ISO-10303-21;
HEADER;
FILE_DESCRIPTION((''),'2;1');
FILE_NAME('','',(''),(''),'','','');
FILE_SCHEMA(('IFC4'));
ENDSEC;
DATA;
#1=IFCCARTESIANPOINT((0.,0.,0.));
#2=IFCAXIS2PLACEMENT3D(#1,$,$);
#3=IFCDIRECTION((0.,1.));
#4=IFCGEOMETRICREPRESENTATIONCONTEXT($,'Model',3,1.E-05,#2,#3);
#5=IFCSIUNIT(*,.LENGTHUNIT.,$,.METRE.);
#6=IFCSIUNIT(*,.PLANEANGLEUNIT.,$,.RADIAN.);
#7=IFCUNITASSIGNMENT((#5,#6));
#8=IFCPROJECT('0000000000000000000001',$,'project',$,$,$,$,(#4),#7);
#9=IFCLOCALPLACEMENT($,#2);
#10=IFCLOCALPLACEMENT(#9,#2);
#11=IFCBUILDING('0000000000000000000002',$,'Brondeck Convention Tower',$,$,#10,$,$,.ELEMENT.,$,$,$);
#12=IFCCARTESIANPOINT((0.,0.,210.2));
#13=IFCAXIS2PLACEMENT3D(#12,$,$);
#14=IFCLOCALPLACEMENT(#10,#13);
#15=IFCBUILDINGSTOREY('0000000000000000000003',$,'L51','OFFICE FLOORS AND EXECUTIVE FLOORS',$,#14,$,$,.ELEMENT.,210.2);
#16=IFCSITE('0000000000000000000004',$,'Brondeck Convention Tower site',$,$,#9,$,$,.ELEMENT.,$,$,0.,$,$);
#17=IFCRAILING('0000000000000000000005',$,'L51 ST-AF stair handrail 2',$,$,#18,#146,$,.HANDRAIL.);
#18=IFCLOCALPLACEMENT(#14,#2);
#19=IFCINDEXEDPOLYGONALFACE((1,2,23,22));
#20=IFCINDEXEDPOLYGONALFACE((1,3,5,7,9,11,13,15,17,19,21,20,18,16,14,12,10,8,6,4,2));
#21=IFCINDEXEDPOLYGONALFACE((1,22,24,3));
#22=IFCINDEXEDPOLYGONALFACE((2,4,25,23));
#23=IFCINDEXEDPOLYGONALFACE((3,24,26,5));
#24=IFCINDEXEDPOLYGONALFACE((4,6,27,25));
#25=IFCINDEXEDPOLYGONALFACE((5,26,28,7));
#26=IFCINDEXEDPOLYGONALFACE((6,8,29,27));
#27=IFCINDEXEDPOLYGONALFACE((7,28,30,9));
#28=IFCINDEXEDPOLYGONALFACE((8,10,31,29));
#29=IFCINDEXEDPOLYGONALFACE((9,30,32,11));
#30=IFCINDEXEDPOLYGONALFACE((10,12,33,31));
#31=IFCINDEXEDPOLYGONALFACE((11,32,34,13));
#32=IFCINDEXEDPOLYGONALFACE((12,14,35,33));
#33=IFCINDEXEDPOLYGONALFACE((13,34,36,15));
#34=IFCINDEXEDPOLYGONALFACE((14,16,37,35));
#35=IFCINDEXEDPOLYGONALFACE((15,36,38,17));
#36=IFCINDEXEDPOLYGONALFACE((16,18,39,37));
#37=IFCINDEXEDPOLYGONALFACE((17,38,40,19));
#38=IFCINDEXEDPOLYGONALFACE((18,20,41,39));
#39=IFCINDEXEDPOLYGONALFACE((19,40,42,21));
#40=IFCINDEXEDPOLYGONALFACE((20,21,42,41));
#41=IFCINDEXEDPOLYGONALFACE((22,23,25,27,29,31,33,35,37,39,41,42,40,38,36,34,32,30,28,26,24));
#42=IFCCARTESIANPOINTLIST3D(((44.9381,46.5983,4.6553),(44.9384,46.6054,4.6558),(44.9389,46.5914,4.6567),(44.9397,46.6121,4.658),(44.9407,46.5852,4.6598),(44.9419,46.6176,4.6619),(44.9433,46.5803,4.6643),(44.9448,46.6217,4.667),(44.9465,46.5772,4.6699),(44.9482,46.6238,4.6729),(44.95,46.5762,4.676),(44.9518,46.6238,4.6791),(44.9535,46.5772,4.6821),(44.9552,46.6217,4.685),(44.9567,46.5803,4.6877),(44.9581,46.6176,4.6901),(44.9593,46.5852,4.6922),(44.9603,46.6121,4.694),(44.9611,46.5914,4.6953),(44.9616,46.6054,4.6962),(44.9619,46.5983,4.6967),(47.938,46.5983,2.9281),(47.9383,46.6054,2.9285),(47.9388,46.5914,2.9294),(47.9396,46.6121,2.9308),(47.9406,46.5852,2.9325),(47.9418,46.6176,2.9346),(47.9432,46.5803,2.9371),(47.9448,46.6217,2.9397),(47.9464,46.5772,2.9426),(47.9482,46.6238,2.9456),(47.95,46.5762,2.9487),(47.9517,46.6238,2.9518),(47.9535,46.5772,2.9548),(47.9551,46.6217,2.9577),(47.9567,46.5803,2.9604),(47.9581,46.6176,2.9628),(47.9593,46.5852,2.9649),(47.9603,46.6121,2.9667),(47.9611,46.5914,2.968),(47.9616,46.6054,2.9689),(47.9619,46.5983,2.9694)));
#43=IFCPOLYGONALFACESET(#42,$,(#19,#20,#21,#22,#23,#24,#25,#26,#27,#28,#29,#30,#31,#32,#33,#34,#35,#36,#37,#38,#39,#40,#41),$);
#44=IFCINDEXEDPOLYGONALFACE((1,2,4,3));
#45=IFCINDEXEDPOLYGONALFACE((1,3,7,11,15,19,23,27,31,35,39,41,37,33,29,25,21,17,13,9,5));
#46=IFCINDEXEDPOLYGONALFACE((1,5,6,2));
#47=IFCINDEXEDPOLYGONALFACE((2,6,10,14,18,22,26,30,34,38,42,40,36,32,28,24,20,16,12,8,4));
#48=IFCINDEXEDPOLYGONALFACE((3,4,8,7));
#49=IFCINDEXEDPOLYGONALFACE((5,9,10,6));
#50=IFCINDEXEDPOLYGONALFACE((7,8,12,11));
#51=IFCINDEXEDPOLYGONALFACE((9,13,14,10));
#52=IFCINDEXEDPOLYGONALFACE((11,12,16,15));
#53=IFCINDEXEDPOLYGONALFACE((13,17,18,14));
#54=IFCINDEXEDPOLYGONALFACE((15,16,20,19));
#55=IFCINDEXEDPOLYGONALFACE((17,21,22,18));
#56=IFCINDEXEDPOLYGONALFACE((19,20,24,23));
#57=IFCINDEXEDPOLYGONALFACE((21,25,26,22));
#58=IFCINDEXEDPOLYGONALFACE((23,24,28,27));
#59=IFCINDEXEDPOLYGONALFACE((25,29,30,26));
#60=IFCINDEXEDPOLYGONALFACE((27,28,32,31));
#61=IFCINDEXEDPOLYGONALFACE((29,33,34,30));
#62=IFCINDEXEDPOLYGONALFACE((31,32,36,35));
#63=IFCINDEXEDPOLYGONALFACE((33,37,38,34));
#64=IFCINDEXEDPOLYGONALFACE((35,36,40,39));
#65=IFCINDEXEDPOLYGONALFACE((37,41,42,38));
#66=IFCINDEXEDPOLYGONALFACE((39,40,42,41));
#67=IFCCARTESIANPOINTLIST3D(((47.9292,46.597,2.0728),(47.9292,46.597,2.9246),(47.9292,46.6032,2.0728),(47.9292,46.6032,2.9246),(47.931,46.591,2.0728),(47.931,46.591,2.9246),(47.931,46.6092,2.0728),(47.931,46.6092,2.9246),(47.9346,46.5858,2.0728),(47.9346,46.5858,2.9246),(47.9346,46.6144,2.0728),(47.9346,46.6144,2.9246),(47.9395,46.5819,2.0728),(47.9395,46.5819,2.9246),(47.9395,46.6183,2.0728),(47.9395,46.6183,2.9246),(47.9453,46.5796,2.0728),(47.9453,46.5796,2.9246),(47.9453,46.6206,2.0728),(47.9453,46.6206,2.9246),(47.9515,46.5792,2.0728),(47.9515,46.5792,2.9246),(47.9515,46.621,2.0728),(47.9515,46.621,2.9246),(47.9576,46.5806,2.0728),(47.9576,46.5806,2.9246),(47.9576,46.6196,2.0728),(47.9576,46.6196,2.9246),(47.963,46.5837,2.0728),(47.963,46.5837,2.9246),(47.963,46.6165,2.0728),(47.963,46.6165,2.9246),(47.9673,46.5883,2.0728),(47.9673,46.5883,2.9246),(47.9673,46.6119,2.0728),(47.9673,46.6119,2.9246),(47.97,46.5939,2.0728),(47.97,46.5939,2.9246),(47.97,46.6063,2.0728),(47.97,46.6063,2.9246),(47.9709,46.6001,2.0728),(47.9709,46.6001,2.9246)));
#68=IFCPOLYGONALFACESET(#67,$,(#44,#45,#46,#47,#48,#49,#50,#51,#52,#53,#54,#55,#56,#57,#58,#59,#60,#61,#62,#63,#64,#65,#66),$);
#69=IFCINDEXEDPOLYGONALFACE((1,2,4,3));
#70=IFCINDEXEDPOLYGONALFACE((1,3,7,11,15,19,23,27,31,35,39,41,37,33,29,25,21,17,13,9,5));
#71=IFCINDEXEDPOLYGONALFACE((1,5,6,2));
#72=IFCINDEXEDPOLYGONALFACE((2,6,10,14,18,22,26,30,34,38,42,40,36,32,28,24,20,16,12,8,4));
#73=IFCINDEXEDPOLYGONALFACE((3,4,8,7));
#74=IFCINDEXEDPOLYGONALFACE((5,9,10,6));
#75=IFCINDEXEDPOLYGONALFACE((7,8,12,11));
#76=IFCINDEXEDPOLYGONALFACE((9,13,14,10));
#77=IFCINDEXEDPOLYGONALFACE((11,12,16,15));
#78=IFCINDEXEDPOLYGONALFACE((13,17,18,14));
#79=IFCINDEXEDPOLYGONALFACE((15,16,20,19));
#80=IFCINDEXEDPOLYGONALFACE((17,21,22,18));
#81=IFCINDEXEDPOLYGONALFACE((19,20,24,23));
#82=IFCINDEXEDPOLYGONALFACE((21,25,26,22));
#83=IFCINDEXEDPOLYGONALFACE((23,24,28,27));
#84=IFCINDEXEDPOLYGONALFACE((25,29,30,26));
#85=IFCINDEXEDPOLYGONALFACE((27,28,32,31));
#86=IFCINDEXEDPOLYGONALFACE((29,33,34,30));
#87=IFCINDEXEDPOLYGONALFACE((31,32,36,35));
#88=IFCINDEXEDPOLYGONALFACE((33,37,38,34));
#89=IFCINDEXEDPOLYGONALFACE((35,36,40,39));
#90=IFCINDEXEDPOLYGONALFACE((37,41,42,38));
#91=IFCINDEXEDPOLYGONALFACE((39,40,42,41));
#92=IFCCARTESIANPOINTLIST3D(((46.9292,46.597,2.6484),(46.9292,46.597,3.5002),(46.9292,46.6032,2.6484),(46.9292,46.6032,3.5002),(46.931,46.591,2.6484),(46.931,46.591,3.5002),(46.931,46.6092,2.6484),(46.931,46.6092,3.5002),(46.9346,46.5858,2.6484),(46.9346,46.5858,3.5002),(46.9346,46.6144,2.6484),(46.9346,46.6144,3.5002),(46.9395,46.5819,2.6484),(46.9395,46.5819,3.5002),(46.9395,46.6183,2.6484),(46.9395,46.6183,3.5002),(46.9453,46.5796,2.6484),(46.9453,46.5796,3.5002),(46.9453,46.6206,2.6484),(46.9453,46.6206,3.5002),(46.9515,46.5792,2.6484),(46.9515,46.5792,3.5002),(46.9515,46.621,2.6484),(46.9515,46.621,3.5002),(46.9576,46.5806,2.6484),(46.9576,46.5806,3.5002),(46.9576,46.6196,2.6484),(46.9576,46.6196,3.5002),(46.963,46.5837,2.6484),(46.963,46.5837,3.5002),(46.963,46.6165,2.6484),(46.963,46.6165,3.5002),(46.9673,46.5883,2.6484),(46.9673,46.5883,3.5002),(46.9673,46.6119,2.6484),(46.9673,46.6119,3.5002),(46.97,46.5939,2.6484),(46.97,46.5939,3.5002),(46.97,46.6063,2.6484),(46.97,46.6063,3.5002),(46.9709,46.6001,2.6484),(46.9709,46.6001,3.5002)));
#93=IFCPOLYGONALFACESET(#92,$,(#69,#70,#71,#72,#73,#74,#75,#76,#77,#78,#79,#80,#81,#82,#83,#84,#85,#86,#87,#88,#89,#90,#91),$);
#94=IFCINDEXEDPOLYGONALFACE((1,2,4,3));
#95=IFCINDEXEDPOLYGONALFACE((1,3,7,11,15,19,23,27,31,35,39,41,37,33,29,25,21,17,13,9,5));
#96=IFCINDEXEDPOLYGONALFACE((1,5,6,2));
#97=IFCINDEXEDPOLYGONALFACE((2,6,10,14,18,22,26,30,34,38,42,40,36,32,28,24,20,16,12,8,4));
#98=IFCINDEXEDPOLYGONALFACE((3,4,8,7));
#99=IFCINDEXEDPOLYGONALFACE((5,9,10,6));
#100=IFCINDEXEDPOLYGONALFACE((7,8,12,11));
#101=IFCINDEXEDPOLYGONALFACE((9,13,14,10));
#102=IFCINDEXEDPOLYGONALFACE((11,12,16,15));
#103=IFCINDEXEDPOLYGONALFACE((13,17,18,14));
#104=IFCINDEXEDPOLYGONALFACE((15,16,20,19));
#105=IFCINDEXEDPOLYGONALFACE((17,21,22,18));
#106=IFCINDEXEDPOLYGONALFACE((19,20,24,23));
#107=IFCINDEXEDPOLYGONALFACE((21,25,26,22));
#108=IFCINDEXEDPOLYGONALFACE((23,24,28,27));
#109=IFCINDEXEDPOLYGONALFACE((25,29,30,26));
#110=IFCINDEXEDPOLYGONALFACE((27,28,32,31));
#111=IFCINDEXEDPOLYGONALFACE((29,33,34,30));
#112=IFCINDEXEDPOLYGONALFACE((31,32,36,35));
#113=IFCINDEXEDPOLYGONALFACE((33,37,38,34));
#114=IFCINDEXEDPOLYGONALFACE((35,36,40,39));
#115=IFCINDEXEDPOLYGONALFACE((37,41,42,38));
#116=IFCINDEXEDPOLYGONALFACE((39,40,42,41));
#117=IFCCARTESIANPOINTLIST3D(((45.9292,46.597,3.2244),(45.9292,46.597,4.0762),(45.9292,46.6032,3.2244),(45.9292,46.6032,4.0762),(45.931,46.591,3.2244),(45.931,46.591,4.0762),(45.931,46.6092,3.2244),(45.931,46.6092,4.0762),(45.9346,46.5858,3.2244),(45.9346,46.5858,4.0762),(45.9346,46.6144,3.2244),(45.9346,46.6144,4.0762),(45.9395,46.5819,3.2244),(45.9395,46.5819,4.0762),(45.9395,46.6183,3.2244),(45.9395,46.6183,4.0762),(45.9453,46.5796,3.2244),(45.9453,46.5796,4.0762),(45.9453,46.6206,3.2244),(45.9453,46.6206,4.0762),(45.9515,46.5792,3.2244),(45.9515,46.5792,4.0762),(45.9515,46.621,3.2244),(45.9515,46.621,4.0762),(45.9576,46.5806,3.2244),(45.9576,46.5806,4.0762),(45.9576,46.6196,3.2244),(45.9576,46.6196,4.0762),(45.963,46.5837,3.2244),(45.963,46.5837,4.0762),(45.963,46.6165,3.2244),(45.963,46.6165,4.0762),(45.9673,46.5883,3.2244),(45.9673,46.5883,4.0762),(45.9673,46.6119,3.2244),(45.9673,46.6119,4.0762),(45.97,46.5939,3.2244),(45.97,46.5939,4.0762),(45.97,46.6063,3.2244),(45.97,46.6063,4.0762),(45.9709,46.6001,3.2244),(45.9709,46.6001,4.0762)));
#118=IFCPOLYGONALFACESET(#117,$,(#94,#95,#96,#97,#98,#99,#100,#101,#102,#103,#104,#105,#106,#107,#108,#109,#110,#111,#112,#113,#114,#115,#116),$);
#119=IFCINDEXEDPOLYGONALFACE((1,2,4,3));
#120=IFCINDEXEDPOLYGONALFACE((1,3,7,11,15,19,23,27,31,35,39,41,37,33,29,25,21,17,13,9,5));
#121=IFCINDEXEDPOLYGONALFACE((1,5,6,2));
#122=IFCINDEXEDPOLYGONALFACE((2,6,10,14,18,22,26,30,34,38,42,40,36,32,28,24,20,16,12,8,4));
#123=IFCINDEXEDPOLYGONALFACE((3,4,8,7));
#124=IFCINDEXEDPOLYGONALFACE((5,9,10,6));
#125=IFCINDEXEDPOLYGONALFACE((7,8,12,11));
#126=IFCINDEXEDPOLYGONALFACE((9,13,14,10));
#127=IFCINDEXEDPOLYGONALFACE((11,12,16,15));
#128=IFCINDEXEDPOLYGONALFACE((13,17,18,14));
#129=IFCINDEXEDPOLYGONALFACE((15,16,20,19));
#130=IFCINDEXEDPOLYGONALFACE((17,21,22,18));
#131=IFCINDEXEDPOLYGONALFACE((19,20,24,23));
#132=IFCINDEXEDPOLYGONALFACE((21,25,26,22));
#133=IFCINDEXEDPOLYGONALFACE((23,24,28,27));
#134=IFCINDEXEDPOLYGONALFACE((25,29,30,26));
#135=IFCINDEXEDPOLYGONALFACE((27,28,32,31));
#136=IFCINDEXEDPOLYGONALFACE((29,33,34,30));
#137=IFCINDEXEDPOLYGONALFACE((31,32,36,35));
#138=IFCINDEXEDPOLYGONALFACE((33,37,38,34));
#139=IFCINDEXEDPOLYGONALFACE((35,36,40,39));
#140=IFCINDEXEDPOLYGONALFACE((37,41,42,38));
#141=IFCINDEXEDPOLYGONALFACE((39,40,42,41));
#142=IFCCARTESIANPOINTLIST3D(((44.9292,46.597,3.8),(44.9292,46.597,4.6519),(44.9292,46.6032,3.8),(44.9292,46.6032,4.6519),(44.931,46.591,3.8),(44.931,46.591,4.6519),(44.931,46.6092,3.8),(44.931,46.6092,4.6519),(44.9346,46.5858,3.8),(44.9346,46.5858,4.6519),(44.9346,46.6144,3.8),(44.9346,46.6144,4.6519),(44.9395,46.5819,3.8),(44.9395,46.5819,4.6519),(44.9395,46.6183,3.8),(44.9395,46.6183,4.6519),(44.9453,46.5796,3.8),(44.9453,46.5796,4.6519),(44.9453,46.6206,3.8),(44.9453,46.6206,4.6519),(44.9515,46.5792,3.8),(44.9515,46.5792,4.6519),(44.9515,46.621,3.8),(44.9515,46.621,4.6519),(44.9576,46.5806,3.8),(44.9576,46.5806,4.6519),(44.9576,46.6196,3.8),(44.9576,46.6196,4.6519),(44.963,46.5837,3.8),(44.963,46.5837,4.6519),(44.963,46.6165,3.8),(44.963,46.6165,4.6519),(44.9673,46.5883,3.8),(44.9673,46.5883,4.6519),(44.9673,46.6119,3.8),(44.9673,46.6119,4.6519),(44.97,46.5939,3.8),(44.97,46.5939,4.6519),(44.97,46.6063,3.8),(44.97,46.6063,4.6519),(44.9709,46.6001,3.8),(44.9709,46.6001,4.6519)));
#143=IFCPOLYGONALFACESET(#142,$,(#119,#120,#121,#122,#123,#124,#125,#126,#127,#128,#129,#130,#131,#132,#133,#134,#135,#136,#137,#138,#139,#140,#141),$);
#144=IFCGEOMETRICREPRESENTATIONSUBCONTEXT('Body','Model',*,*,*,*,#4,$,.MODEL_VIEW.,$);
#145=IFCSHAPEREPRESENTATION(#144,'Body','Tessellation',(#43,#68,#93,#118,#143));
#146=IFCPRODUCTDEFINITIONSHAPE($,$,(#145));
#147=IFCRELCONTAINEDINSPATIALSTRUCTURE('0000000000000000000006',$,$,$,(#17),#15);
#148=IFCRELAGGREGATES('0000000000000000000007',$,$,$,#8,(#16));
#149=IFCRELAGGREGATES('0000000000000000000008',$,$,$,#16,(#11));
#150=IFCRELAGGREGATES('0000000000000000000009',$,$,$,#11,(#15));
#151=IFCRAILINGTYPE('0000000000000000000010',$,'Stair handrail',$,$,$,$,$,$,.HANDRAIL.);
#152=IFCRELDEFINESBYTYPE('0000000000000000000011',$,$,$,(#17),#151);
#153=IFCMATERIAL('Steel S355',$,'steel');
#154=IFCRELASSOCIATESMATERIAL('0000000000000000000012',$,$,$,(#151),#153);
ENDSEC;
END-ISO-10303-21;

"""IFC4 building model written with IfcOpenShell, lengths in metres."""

from ifc_helpers import new_model, si_unit, direction, frame, origin, origin_2d, place, context, subcontext, project, spatial, circle, extrude, material, type_object, element, save


model = new_model("IFC4")

# Units and contexts
model_context = context("Model", 3, precision=1e-05, world=origin(), true_north=direction((0.0, 1.0)))
body_context = subcontext(model_context, "Body", "Model", "MODEL_VIEW")
ifc_project = project(units=[si_unit("LENGTHUNIT", "METRE"), si_unit("PLANEANGLEUNIT", "RADIAN")], contexts=[model_context])

# Site, building, storey
site_placement = place(None, origin())
site = spatial("IfcSite", under=ifc_project, at=site_placement, Name="Brondeck Convention Tower site", CompositionType="ELEMENT", RefElevation=0.0)
building_placement = place(site_placement, origin())
building = spatial("IfcBuilding", under=site, at=building_placement, Name="Brondeck Convention Tower", CompositionType="ELEMENT")
storey_placement = place(building_placement, frame((0.0, 0.0, 210.2)))
storey = spatial("IfcBuildingStorey", under=building, at=storey_placement, Name="L51", Description="OFFICE FLOORS AND EXECUTIVE FLOORS", CompositionType="ELEMENT", Elevation=210.2)

# Shared definitions
ifc_material_1 = material(Name="Steel S355", Category="steel")

# Railing
railing_type_1 = type_object("IfcRailingType", Name="Stair handrail", PredefinedType="HANDRAIL", material=ifc_material_1)
railing_1_placement = place(storey_placement, frame((47.95, 46.6001, 2.0728)))
element("IfcRailing", 1, at=railing_1_placement, inside=storey, type_object=railing_type_1, Name="L51 ST-AF stair handrail 2", PredefinedType="HANDRAIL", context=body_context, shape_type="SweptSolid", body=[
    extrude(circle(Radius=0.0239, at=origin_2d()), frame((0.0, 0.0, 0.876), z_axis=(-0.86662, 0.0, 0.498969), x_axis=(0.0, -1.0, 0.0)), (0.0, 0.0, 1.0), 3.4617),
    extrude(circle(Radius=0.021, at=origin_2d()), origin(), (0.0, 0.0, 1.0), 0.8518),
    extrude(circle(Radius=0.021, at=origin_2d()), frame((-1.0, 0.0, 0.5757)), (0.0, 0.0, 1.0), 0.8518),
    extrude(circle(Radius=0.021, at=origin_2d()), frame((-2.0, 0.0, 1.1516)), (0.0, 0.0, 1.0), 0.8518),
    extrude(circle(Radius=0.021, at=origin_2d()), frame((-3.0, 0.0, 1.7273)), (0.0, 0.0, 1.0), 0.8518),
])

save(model, "model.ifc")
